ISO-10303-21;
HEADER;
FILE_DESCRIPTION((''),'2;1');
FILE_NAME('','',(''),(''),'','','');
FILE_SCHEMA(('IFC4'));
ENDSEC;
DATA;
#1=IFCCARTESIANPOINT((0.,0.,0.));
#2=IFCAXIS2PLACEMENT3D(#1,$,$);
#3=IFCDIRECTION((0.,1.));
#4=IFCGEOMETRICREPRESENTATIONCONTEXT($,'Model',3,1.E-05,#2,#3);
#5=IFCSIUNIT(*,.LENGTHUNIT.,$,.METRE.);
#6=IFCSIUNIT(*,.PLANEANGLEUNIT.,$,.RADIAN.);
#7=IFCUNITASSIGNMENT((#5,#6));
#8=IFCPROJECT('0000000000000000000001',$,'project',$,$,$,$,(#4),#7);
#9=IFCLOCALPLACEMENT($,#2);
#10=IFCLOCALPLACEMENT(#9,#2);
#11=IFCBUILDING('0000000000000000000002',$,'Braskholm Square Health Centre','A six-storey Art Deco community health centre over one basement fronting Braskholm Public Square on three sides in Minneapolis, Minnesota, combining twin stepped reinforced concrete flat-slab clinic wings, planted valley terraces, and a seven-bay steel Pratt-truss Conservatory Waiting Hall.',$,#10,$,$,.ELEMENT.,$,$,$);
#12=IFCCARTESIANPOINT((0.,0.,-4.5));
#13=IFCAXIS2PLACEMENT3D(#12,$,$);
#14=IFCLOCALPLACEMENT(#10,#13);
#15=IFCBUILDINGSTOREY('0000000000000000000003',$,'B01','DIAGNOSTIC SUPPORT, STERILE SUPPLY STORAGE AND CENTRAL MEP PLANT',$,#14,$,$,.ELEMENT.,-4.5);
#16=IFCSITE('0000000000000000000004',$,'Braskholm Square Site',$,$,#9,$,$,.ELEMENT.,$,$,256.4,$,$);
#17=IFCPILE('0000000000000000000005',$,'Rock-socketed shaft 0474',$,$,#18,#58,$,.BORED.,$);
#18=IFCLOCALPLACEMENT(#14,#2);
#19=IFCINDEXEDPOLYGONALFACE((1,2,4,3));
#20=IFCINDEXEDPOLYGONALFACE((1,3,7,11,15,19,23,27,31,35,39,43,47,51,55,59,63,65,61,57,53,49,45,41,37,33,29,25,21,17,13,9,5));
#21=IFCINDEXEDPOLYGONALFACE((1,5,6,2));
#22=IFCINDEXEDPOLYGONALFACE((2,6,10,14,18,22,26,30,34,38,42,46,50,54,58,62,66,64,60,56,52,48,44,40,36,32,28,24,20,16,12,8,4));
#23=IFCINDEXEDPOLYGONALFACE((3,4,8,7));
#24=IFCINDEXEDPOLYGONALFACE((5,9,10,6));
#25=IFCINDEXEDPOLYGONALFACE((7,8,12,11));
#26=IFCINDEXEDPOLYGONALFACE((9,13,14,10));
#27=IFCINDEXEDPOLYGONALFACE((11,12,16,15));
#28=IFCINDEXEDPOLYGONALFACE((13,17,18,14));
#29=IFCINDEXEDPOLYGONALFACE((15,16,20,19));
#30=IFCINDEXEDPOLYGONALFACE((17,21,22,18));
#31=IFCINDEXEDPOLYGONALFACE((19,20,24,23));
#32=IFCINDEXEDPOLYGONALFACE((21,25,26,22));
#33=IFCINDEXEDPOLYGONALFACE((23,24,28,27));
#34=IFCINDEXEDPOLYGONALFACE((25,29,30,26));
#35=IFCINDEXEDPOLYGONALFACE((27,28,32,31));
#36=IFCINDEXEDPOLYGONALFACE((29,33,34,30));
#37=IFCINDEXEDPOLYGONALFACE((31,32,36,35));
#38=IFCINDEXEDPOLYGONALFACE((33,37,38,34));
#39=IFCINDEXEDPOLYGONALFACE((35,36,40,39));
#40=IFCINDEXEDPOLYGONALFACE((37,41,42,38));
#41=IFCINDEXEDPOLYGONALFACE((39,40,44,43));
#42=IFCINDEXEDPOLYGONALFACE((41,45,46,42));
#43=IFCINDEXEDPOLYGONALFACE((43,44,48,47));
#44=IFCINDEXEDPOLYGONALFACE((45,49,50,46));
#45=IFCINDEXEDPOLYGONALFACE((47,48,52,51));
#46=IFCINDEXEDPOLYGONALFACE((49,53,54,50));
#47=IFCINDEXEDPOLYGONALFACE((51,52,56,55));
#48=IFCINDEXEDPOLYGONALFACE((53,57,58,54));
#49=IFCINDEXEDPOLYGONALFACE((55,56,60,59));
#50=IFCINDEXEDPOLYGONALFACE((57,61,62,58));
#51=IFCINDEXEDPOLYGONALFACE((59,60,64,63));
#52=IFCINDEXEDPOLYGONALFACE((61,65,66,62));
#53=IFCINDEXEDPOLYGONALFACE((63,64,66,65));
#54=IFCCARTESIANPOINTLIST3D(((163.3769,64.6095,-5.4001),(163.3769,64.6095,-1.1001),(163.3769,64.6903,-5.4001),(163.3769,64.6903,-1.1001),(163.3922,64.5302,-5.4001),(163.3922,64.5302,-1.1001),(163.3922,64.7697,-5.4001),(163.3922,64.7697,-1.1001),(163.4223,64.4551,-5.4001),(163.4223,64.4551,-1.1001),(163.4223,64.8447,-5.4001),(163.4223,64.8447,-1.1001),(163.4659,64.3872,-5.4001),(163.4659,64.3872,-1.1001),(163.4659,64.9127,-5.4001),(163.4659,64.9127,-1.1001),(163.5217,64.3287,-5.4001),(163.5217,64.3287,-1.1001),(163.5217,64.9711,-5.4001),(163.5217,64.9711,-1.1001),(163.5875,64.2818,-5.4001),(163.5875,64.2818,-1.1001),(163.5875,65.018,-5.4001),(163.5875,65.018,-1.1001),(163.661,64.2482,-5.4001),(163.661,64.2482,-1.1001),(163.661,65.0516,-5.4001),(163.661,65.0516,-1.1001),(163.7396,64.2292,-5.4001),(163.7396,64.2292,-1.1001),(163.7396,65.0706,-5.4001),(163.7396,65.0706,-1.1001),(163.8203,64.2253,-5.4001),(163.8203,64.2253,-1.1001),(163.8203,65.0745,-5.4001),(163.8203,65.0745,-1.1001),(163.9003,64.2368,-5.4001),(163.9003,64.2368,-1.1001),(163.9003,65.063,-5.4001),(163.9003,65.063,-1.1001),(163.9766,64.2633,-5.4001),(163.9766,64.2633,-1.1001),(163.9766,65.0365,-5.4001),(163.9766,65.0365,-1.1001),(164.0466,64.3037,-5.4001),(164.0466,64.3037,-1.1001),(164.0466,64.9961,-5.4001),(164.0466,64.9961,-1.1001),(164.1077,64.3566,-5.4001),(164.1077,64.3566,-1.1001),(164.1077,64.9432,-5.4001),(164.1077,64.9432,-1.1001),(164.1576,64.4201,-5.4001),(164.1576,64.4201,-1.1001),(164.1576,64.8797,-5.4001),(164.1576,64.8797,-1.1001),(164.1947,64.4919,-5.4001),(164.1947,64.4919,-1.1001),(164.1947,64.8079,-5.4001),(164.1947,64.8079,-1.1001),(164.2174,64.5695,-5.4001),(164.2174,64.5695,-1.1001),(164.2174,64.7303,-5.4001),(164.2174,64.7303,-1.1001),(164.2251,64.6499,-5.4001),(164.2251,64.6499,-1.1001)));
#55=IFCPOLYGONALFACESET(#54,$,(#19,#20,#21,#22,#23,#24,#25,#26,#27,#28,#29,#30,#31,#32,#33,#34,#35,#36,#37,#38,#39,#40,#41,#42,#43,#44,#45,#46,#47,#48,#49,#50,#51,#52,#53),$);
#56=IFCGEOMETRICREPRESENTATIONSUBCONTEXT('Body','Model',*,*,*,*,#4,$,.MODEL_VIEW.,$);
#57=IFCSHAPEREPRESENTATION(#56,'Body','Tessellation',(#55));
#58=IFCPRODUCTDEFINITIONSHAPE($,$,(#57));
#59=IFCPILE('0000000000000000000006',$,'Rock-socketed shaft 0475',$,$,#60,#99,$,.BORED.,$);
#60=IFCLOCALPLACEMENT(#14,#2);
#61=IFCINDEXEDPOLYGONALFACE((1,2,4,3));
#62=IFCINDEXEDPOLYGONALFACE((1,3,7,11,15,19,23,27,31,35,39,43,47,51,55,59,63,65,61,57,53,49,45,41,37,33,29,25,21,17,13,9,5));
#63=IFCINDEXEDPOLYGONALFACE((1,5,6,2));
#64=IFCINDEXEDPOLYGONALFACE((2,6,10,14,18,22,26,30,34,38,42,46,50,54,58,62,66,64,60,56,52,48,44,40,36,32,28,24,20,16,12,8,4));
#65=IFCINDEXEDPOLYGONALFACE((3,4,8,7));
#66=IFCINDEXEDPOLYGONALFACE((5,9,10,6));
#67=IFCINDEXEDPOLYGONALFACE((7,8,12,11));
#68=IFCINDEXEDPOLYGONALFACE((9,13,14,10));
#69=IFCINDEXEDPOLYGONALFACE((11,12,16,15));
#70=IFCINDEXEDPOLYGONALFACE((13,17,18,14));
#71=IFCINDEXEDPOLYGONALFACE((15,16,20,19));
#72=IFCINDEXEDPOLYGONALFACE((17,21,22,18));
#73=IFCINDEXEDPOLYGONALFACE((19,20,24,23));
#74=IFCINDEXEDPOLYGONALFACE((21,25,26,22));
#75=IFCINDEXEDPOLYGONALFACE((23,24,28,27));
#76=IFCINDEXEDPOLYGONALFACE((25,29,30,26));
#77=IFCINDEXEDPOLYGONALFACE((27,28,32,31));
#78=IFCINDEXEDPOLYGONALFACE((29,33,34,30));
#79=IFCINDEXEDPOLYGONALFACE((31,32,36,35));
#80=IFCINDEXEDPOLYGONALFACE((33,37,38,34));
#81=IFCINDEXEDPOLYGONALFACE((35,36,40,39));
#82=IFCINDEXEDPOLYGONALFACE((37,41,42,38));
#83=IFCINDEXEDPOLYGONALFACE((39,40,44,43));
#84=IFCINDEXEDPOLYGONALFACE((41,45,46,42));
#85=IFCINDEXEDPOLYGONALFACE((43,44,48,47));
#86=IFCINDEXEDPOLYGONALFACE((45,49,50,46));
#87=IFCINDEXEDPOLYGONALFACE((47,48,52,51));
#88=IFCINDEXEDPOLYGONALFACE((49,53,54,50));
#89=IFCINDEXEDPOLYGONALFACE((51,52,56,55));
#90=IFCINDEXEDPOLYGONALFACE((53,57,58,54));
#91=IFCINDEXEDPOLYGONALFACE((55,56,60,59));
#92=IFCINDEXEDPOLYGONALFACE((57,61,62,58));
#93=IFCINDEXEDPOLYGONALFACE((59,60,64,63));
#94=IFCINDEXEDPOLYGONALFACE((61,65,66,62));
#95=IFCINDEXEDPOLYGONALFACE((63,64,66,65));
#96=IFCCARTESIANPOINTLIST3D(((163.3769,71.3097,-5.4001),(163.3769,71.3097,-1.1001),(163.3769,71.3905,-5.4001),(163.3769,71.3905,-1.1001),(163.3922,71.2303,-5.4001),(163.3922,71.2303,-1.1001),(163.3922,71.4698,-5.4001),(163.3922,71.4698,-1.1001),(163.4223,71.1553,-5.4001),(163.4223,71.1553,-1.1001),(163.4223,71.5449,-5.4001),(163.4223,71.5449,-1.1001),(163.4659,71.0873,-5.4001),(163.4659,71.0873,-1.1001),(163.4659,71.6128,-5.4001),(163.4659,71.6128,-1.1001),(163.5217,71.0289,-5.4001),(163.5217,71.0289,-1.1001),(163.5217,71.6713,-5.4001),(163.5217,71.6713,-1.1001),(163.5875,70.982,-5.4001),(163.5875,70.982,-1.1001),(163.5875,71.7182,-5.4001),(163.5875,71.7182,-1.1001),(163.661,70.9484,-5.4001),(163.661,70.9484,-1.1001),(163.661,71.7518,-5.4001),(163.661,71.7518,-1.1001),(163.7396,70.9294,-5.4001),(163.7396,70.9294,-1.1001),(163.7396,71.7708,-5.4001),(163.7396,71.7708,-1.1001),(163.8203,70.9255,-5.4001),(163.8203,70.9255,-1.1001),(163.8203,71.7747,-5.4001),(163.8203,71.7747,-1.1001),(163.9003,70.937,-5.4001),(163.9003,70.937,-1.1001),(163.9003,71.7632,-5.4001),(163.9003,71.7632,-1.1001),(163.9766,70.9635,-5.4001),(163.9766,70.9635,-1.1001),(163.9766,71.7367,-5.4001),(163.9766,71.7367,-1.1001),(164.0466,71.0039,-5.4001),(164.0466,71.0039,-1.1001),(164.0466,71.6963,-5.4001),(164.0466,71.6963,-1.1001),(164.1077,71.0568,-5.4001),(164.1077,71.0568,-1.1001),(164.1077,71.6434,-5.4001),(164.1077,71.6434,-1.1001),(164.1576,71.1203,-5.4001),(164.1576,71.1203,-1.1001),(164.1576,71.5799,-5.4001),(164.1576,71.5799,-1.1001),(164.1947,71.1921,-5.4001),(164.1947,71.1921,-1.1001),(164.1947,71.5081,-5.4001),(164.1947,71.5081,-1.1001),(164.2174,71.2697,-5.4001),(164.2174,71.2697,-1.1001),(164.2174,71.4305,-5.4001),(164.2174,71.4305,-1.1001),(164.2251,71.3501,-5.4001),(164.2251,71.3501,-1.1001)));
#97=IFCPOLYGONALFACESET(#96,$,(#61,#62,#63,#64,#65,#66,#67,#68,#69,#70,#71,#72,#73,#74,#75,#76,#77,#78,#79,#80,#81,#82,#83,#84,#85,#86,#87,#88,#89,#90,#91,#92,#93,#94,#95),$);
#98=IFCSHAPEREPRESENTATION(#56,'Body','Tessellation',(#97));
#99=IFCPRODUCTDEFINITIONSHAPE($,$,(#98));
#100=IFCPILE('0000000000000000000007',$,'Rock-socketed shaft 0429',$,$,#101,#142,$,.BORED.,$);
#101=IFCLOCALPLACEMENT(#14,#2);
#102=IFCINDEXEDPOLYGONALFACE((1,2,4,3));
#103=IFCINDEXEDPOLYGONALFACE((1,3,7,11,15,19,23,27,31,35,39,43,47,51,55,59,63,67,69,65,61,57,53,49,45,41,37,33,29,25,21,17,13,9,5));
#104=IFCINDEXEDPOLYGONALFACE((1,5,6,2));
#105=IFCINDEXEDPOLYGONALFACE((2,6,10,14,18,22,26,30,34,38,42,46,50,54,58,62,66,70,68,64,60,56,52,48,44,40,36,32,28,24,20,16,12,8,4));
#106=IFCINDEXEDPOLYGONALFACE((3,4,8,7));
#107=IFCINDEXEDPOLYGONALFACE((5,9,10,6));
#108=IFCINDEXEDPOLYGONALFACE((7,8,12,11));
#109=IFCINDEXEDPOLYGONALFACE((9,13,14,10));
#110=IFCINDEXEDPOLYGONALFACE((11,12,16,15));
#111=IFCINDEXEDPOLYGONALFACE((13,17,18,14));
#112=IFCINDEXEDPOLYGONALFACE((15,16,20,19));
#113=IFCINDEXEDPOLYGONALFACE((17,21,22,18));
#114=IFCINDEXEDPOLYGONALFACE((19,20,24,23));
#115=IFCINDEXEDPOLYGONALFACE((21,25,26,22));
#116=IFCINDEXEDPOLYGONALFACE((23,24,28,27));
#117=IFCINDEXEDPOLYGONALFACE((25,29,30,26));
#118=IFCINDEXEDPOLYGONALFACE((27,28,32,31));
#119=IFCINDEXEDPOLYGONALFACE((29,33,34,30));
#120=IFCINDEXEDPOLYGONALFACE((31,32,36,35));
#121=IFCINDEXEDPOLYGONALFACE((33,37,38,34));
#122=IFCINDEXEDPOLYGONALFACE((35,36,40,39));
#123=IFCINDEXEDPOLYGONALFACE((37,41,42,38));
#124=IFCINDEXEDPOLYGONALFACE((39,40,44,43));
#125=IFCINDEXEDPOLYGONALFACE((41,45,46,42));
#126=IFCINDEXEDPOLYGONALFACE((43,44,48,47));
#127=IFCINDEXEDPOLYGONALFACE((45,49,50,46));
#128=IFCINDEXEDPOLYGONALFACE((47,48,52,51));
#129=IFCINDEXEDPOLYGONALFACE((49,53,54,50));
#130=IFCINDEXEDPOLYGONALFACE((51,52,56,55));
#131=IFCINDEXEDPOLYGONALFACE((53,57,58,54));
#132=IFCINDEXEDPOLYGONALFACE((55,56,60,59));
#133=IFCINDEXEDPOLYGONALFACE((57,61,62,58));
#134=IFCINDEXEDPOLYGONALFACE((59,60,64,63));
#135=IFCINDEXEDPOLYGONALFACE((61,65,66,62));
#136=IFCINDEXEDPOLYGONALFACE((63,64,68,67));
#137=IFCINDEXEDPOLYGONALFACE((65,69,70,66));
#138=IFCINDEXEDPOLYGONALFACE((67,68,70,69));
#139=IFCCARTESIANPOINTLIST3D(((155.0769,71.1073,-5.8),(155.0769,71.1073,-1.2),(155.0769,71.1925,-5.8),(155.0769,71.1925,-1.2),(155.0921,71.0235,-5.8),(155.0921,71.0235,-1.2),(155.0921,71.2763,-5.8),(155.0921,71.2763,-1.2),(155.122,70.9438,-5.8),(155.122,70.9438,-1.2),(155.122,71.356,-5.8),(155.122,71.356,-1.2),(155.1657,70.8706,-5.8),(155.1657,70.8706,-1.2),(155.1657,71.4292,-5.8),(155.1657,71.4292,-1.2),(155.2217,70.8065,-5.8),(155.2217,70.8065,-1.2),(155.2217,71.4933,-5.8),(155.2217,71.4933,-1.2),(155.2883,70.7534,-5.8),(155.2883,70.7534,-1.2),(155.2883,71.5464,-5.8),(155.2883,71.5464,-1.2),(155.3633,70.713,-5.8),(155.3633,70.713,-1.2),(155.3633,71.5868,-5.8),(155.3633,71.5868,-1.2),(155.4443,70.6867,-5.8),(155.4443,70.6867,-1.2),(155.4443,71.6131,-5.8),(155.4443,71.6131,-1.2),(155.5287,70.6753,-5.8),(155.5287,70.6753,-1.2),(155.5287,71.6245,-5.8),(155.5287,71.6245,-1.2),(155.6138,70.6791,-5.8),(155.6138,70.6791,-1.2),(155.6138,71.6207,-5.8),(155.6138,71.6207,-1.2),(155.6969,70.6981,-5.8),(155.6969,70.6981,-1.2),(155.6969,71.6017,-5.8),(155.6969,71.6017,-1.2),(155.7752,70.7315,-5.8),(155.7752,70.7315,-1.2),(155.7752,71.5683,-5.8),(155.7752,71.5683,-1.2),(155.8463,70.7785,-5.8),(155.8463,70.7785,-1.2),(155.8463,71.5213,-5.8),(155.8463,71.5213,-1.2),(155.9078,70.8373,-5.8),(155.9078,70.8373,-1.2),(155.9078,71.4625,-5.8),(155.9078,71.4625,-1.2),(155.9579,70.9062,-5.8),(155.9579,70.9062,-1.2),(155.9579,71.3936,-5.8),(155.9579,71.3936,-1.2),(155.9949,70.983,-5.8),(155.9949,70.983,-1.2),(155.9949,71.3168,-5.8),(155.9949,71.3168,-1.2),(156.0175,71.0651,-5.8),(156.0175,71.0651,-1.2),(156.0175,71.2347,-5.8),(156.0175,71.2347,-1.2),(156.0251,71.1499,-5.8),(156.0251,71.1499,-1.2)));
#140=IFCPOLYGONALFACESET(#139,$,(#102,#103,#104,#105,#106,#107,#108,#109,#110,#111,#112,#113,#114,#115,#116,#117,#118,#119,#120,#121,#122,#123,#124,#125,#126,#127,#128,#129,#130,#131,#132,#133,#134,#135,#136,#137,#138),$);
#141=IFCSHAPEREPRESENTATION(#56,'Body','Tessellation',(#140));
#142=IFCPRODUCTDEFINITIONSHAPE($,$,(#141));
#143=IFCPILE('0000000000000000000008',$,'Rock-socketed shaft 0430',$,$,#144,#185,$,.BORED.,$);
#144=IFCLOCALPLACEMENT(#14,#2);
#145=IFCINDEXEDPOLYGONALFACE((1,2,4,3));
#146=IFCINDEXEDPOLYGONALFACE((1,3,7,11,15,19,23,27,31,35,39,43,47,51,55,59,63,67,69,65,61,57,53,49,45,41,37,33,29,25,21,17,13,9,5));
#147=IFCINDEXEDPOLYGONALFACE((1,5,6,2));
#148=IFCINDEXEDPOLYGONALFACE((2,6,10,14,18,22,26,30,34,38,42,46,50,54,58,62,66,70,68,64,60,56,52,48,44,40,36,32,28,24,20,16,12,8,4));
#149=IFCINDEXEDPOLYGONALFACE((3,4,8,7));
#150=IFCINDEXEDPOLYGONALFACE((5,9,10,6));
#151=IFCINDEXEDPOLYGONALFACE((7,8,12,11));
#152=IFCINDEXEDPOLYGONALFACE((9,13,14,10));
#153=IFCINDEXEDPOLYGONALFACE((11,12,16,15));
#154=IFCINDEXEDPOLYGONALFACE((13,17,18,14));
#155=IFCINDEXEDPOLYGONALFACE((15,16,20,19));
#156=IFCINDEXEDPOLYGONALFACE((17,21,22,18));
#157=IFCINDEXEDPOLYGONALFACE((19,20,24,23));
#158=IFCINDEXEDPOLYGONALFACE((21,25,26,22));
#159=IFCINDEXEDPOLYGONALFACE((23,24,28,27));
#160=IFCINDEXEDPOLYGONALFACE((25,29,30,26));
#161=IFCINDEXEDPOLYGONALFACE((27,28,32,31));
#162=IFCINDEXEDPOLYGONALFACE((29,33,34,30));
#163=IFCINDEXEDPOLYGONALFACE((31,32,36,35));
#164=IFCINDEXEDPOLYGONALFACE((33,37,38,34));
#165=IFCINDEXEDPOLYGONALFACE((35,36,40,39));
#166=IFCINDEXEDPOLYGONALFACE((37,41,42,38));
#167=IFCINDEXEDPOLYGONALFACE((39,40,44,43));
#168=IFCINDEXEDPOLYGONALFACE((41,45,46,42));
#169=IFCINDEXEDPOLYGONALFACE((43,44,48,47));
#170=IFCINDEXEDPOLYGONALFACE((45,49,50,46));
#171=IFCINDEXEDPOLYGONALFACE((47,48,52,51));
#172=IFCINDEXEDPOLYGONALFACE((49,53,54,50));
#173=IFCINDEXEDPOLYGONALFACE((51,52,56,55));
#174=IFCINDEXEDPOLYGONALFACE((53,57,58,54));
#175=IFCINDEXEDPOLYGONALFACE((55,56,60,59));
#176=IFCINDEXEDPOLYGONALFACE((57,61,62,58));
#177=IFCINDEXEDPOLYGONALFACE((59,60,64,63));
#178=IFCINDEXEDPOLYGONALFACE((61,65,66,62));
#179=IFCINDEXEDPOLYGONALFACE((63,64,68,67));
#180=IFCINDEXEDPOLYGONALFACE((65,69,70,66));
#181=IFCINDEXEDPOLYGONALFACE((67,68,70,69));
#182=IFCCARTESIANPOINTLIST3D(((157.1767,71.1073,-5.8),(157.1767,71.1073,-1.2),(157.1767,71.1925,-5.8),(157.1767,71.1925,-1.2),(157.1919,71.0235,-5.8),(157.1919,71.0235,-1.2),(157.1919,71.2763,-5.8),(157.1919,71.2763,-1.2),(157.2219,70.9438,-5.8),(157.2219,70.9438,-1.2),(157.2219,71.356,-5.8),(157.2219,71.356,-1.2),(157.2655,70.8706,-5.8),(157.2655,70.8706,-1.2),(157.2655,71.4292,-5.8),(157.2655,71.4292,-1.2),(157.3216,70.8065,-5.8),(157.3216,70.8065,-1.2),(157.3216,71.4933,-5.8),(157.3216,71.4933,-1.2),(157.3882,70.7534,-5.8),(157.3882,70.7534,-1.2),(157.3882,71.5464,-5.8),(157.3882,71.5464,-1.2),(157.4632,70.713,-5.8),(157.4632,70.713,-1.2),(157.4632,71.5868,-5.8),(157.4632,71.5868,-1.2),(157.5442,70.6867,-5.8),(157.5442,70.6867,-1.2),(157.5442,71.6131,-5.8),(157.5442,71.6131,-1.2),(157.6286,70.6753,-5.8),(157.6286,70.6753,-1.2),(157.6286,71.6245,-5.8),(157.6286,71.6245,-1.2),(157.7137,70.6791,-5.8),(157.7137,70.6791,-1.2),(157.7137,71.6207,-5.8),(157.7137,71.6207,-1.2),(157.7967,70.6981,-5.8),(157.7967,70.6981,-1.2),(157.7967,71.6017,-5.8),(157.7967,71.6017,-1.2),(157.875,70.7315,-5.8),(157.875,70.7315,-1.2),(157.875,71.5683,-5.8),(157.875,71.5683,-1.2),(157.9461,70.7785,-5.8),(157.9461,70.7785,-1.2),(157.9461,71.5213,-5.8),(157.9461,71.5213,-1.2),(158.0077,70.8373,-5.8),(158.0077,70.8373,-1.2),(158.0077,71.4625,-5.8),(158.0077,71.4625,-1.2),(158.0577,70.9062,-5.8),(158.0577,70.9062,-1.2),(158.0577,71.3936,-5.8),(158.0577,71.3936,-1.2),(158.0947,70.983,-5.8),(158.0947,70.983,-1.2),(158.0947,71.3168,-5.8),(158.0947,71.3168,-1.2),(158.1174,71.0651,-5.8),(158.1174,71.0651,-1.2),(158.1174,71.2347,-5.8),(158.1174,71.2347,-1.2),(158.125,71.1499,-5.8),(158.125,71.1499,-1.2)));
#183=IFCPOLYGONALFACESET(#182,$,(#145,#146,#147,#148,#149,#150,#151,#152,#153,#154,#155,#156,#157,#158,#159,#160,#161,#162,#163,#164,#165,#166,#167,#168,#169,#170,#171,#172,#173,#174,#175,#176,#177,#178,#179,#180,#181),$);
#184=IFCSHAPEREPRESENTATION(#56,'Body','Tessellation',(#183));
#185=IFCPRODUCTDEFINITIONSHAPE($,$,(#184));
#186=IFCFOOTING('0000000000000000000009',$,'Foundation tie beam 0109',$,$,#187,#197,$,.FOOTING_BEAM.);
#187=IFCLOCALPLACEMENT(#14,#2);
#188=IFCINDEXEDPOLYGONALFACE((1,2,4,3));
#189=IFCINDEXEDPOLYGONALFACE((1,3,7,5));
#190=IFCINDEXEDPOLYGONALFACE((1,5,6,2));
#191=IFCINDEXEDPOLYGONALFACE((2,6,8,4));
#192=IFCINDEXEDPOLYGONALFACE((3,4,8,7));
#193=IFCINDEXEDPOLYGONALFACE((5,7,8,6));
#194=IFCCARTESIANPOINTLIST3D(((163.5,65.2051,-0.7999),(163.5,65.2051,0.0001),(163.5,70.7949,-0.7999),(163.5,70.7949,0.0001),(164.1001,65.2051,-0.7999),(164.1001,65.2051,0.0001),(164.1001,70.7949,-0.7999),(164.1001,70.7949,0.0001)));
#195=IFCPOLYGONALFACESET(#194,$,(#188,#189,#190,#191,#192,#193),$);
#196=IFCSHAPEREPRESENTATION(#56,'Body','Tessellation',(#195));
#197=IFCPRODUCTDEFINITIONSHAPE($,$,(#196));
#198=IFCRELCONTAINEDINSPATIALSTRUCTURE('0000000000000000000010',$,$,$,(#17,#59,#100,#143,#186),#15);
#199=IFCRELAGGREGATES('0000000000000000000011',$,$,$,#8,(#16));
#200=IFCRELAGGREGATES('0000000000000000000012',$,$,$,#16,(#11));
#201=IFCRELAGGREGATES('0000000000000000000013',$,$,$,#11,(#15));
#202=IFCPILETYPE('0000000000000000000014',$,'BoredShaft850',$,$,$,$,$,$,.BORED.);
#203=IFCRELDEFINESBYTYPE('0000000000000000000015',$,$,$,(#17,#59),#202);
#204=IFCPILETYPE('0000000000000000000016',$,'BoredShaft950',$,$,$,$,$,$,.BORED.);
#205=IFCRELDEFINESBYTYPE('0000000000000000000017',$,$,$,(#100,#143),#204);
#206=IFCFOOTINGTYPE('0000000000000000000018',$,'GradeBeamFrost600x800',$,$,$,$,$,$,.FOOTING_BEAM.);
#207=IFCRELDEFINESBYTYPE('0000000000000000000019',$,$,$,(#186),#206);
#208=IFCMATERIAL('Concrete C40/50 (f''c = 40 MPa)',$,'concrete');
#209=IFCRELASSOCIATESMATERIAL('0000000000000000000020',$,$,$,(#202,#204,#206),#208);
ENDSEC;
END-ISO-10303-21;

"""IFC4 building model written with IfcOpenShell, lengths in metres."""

from ifc_helpers import new_model, si_unit, direction, frame, origin, origin_2d, place, context, subcontext, project, spatial, rectangle, circle, extrude, material, material_profile, profile_set, type_object, element, save


model = new_model("IFC4")

# Units and contexts
model_context = context("Model", 3, precision=1e-05, world=origin(), true_north=direction((0.0, 1.0)))
body_context = subcontext(model_context, "Body", "Model", "MODEL_VIEW")
ifc_project = project(units=[si_unit("LENGTHUNIT", "METRE"), si_unit("PLANEANGLEUNIT", "RADIAN")], contexts=[model_context])

# Site, building, storey
site_placement = place(None, origin())
site = spatial("IfcSite", under=ifc_project, at=site_placement, Name="Braskholm Square Site", CompositionType="ELEMENT", RefElevation=256.4)
building_placement = place(site_placement, origin())
building = spatial("IfcBuilding", under=site, at=building_placement, Name="Braskholm Square Health Centre", Description="A six-storey Art Deco community health centre over one basement fronting Braskholm Public Square on three sides in Minneapolis, Minnesota, combining twin stepped reinforced concrete flat-slab clinic wings, planted valley terraces, and a seven-bay steel Pratt-truss Conservatory Waiting Hall.", CompositionType="ELEMENT")
storey_placement = place(building_placement, frame((0.0, 0.0, -4.5)))
storey = spatial("IfcBuildingStorey", under=building, at=storey_placement, Name="B01", Description="DIAGNOSTIC SUPPORT, STERILE SUPPLY STORAGE AND CENTRAL MEP PLANT", CompositionType="ELEMENT", Elevation=-4.5)

# Piles
ifc_material_1 = material(Name="Concrete C40/50 (f'c = 40 MPa)", Category="concrete")
ifc_material_profile_1 = material_profile(ifc_material_1, circle(Radius=0.425, at=origin_2d()), Name="BORED-PILE-850")
ifc_profile_set_1 = profile_set([ifc_material_profile_1], Name="Concrete C40/50 (f'c = 40 MPa)")
pile_type_1 = type_object("IfcPileType", Name="BoredShaft850", PredefinedType="BORED", material=ifc_profile_set_1)
for number, where, z_axis, x_axis, name in (
    (1, (163.8, 64.6499, -1.1001), (0.0, 0.0, -1.0), (1.0, 0.0, 0.0), "Rock-socketed shaft 0474"),
    (2, (163.8, 71.3501, -1.1001), (0.0, 0.0, -1.0), (1.0, 0.0, 0.0), "Rock-socketed shaft 0475"),
):
    element("IfcPile", number, at=place(storey_placement, frame(where, z_axis=z_axis, x_axis=x_axis)), inside=storey, type_object=pile_type_1, Name=name, PredefinedType="BORED", context=body_context, shape_type="SweptSolid", body=[
        extrude(circle(Radius=0.425, at=origin_2d()), origin(), (0.0, 0.0, 1.0), 4.3),
    ])
ifc_material_profile_2 = material_profile(ifc_material_1, circle(Radius=0.4751, at=origin_2d()), Name="BORED-PILE-950")
ifc_profile_set_2 = profile_set([ifc_material_profile_2], Name="Concrete C40/50 (f'c = 40 MPa)")
pile_type_2 = type_object("IfcPileType", Name="BoredShaft950", PredefinedType="BORED", material=ifc_profile_set_2)
for number, where, z_axis, x_axis, name in (
    (3, (155.55, 71.1499, -1.2), (0.0, 0.0, -1.0), (1.0, 0.0, 0.0), "Rock-socketed shaft 0429"),
    (4, (157.6499, 71.1499, -1.2), (0.0, 0.0, -1.0), (1.0, 0.0, 0.0), "Rock-socketed shaft 0430"),
):
    element("IfcPile", number, at=place(storey_placement, frame(where, z_axis=z_axis, x_axis=x_axis)), inside=storey, type_object=pile_type_2, Name=name, PredefinedType="BORED", context=body_context, shape_type="SweptSolid", body=[
        extrude(circle(Radius=0.4751, at=origin_2d()), origin(), (0.0, 0.0, 1.0), 4.6001),
    ])

# Footing
ifc_material_profile_3 = material_profile(ifc_material_1, rectangle(XDim=0.6001, YDim=0.8, at=origin_2d()), Name="FTG-600X800")
ifc_profile_set_3 = profile_set([ifc_material_profile_3], Name="Concrete C40/50 (f'c = 40 MPa)")
footing_type_1 = type_object("IfcFootingType", Name="GradeBeamFrost600x800", PredefinedType="FOOTING_BEAM", material=ifc_profile_set_3)
footing_1_placement = place(storey_placement, frame((163.8, 65.2051, -0.3999), z_axis=(0.0, 1.0, 0.0), x_axis=(-1.0, 0.0, 0.0)))
element("IfcFooting", 5, at=footing_1_placement, inside=storey, type_object=footing_type_1, Name="Foundation tie beam 0109", PredefinedType="FOOTING_BEAM", context=body_context, shape_type="SweptSolid", body=[
    extrude(rectangle(XDim=0.6001, YDim=0.8, at=origin_2d()), origin(), (0.0, 0.0, 1.0), 5.5898),
])

save(model, "model.ifc")
